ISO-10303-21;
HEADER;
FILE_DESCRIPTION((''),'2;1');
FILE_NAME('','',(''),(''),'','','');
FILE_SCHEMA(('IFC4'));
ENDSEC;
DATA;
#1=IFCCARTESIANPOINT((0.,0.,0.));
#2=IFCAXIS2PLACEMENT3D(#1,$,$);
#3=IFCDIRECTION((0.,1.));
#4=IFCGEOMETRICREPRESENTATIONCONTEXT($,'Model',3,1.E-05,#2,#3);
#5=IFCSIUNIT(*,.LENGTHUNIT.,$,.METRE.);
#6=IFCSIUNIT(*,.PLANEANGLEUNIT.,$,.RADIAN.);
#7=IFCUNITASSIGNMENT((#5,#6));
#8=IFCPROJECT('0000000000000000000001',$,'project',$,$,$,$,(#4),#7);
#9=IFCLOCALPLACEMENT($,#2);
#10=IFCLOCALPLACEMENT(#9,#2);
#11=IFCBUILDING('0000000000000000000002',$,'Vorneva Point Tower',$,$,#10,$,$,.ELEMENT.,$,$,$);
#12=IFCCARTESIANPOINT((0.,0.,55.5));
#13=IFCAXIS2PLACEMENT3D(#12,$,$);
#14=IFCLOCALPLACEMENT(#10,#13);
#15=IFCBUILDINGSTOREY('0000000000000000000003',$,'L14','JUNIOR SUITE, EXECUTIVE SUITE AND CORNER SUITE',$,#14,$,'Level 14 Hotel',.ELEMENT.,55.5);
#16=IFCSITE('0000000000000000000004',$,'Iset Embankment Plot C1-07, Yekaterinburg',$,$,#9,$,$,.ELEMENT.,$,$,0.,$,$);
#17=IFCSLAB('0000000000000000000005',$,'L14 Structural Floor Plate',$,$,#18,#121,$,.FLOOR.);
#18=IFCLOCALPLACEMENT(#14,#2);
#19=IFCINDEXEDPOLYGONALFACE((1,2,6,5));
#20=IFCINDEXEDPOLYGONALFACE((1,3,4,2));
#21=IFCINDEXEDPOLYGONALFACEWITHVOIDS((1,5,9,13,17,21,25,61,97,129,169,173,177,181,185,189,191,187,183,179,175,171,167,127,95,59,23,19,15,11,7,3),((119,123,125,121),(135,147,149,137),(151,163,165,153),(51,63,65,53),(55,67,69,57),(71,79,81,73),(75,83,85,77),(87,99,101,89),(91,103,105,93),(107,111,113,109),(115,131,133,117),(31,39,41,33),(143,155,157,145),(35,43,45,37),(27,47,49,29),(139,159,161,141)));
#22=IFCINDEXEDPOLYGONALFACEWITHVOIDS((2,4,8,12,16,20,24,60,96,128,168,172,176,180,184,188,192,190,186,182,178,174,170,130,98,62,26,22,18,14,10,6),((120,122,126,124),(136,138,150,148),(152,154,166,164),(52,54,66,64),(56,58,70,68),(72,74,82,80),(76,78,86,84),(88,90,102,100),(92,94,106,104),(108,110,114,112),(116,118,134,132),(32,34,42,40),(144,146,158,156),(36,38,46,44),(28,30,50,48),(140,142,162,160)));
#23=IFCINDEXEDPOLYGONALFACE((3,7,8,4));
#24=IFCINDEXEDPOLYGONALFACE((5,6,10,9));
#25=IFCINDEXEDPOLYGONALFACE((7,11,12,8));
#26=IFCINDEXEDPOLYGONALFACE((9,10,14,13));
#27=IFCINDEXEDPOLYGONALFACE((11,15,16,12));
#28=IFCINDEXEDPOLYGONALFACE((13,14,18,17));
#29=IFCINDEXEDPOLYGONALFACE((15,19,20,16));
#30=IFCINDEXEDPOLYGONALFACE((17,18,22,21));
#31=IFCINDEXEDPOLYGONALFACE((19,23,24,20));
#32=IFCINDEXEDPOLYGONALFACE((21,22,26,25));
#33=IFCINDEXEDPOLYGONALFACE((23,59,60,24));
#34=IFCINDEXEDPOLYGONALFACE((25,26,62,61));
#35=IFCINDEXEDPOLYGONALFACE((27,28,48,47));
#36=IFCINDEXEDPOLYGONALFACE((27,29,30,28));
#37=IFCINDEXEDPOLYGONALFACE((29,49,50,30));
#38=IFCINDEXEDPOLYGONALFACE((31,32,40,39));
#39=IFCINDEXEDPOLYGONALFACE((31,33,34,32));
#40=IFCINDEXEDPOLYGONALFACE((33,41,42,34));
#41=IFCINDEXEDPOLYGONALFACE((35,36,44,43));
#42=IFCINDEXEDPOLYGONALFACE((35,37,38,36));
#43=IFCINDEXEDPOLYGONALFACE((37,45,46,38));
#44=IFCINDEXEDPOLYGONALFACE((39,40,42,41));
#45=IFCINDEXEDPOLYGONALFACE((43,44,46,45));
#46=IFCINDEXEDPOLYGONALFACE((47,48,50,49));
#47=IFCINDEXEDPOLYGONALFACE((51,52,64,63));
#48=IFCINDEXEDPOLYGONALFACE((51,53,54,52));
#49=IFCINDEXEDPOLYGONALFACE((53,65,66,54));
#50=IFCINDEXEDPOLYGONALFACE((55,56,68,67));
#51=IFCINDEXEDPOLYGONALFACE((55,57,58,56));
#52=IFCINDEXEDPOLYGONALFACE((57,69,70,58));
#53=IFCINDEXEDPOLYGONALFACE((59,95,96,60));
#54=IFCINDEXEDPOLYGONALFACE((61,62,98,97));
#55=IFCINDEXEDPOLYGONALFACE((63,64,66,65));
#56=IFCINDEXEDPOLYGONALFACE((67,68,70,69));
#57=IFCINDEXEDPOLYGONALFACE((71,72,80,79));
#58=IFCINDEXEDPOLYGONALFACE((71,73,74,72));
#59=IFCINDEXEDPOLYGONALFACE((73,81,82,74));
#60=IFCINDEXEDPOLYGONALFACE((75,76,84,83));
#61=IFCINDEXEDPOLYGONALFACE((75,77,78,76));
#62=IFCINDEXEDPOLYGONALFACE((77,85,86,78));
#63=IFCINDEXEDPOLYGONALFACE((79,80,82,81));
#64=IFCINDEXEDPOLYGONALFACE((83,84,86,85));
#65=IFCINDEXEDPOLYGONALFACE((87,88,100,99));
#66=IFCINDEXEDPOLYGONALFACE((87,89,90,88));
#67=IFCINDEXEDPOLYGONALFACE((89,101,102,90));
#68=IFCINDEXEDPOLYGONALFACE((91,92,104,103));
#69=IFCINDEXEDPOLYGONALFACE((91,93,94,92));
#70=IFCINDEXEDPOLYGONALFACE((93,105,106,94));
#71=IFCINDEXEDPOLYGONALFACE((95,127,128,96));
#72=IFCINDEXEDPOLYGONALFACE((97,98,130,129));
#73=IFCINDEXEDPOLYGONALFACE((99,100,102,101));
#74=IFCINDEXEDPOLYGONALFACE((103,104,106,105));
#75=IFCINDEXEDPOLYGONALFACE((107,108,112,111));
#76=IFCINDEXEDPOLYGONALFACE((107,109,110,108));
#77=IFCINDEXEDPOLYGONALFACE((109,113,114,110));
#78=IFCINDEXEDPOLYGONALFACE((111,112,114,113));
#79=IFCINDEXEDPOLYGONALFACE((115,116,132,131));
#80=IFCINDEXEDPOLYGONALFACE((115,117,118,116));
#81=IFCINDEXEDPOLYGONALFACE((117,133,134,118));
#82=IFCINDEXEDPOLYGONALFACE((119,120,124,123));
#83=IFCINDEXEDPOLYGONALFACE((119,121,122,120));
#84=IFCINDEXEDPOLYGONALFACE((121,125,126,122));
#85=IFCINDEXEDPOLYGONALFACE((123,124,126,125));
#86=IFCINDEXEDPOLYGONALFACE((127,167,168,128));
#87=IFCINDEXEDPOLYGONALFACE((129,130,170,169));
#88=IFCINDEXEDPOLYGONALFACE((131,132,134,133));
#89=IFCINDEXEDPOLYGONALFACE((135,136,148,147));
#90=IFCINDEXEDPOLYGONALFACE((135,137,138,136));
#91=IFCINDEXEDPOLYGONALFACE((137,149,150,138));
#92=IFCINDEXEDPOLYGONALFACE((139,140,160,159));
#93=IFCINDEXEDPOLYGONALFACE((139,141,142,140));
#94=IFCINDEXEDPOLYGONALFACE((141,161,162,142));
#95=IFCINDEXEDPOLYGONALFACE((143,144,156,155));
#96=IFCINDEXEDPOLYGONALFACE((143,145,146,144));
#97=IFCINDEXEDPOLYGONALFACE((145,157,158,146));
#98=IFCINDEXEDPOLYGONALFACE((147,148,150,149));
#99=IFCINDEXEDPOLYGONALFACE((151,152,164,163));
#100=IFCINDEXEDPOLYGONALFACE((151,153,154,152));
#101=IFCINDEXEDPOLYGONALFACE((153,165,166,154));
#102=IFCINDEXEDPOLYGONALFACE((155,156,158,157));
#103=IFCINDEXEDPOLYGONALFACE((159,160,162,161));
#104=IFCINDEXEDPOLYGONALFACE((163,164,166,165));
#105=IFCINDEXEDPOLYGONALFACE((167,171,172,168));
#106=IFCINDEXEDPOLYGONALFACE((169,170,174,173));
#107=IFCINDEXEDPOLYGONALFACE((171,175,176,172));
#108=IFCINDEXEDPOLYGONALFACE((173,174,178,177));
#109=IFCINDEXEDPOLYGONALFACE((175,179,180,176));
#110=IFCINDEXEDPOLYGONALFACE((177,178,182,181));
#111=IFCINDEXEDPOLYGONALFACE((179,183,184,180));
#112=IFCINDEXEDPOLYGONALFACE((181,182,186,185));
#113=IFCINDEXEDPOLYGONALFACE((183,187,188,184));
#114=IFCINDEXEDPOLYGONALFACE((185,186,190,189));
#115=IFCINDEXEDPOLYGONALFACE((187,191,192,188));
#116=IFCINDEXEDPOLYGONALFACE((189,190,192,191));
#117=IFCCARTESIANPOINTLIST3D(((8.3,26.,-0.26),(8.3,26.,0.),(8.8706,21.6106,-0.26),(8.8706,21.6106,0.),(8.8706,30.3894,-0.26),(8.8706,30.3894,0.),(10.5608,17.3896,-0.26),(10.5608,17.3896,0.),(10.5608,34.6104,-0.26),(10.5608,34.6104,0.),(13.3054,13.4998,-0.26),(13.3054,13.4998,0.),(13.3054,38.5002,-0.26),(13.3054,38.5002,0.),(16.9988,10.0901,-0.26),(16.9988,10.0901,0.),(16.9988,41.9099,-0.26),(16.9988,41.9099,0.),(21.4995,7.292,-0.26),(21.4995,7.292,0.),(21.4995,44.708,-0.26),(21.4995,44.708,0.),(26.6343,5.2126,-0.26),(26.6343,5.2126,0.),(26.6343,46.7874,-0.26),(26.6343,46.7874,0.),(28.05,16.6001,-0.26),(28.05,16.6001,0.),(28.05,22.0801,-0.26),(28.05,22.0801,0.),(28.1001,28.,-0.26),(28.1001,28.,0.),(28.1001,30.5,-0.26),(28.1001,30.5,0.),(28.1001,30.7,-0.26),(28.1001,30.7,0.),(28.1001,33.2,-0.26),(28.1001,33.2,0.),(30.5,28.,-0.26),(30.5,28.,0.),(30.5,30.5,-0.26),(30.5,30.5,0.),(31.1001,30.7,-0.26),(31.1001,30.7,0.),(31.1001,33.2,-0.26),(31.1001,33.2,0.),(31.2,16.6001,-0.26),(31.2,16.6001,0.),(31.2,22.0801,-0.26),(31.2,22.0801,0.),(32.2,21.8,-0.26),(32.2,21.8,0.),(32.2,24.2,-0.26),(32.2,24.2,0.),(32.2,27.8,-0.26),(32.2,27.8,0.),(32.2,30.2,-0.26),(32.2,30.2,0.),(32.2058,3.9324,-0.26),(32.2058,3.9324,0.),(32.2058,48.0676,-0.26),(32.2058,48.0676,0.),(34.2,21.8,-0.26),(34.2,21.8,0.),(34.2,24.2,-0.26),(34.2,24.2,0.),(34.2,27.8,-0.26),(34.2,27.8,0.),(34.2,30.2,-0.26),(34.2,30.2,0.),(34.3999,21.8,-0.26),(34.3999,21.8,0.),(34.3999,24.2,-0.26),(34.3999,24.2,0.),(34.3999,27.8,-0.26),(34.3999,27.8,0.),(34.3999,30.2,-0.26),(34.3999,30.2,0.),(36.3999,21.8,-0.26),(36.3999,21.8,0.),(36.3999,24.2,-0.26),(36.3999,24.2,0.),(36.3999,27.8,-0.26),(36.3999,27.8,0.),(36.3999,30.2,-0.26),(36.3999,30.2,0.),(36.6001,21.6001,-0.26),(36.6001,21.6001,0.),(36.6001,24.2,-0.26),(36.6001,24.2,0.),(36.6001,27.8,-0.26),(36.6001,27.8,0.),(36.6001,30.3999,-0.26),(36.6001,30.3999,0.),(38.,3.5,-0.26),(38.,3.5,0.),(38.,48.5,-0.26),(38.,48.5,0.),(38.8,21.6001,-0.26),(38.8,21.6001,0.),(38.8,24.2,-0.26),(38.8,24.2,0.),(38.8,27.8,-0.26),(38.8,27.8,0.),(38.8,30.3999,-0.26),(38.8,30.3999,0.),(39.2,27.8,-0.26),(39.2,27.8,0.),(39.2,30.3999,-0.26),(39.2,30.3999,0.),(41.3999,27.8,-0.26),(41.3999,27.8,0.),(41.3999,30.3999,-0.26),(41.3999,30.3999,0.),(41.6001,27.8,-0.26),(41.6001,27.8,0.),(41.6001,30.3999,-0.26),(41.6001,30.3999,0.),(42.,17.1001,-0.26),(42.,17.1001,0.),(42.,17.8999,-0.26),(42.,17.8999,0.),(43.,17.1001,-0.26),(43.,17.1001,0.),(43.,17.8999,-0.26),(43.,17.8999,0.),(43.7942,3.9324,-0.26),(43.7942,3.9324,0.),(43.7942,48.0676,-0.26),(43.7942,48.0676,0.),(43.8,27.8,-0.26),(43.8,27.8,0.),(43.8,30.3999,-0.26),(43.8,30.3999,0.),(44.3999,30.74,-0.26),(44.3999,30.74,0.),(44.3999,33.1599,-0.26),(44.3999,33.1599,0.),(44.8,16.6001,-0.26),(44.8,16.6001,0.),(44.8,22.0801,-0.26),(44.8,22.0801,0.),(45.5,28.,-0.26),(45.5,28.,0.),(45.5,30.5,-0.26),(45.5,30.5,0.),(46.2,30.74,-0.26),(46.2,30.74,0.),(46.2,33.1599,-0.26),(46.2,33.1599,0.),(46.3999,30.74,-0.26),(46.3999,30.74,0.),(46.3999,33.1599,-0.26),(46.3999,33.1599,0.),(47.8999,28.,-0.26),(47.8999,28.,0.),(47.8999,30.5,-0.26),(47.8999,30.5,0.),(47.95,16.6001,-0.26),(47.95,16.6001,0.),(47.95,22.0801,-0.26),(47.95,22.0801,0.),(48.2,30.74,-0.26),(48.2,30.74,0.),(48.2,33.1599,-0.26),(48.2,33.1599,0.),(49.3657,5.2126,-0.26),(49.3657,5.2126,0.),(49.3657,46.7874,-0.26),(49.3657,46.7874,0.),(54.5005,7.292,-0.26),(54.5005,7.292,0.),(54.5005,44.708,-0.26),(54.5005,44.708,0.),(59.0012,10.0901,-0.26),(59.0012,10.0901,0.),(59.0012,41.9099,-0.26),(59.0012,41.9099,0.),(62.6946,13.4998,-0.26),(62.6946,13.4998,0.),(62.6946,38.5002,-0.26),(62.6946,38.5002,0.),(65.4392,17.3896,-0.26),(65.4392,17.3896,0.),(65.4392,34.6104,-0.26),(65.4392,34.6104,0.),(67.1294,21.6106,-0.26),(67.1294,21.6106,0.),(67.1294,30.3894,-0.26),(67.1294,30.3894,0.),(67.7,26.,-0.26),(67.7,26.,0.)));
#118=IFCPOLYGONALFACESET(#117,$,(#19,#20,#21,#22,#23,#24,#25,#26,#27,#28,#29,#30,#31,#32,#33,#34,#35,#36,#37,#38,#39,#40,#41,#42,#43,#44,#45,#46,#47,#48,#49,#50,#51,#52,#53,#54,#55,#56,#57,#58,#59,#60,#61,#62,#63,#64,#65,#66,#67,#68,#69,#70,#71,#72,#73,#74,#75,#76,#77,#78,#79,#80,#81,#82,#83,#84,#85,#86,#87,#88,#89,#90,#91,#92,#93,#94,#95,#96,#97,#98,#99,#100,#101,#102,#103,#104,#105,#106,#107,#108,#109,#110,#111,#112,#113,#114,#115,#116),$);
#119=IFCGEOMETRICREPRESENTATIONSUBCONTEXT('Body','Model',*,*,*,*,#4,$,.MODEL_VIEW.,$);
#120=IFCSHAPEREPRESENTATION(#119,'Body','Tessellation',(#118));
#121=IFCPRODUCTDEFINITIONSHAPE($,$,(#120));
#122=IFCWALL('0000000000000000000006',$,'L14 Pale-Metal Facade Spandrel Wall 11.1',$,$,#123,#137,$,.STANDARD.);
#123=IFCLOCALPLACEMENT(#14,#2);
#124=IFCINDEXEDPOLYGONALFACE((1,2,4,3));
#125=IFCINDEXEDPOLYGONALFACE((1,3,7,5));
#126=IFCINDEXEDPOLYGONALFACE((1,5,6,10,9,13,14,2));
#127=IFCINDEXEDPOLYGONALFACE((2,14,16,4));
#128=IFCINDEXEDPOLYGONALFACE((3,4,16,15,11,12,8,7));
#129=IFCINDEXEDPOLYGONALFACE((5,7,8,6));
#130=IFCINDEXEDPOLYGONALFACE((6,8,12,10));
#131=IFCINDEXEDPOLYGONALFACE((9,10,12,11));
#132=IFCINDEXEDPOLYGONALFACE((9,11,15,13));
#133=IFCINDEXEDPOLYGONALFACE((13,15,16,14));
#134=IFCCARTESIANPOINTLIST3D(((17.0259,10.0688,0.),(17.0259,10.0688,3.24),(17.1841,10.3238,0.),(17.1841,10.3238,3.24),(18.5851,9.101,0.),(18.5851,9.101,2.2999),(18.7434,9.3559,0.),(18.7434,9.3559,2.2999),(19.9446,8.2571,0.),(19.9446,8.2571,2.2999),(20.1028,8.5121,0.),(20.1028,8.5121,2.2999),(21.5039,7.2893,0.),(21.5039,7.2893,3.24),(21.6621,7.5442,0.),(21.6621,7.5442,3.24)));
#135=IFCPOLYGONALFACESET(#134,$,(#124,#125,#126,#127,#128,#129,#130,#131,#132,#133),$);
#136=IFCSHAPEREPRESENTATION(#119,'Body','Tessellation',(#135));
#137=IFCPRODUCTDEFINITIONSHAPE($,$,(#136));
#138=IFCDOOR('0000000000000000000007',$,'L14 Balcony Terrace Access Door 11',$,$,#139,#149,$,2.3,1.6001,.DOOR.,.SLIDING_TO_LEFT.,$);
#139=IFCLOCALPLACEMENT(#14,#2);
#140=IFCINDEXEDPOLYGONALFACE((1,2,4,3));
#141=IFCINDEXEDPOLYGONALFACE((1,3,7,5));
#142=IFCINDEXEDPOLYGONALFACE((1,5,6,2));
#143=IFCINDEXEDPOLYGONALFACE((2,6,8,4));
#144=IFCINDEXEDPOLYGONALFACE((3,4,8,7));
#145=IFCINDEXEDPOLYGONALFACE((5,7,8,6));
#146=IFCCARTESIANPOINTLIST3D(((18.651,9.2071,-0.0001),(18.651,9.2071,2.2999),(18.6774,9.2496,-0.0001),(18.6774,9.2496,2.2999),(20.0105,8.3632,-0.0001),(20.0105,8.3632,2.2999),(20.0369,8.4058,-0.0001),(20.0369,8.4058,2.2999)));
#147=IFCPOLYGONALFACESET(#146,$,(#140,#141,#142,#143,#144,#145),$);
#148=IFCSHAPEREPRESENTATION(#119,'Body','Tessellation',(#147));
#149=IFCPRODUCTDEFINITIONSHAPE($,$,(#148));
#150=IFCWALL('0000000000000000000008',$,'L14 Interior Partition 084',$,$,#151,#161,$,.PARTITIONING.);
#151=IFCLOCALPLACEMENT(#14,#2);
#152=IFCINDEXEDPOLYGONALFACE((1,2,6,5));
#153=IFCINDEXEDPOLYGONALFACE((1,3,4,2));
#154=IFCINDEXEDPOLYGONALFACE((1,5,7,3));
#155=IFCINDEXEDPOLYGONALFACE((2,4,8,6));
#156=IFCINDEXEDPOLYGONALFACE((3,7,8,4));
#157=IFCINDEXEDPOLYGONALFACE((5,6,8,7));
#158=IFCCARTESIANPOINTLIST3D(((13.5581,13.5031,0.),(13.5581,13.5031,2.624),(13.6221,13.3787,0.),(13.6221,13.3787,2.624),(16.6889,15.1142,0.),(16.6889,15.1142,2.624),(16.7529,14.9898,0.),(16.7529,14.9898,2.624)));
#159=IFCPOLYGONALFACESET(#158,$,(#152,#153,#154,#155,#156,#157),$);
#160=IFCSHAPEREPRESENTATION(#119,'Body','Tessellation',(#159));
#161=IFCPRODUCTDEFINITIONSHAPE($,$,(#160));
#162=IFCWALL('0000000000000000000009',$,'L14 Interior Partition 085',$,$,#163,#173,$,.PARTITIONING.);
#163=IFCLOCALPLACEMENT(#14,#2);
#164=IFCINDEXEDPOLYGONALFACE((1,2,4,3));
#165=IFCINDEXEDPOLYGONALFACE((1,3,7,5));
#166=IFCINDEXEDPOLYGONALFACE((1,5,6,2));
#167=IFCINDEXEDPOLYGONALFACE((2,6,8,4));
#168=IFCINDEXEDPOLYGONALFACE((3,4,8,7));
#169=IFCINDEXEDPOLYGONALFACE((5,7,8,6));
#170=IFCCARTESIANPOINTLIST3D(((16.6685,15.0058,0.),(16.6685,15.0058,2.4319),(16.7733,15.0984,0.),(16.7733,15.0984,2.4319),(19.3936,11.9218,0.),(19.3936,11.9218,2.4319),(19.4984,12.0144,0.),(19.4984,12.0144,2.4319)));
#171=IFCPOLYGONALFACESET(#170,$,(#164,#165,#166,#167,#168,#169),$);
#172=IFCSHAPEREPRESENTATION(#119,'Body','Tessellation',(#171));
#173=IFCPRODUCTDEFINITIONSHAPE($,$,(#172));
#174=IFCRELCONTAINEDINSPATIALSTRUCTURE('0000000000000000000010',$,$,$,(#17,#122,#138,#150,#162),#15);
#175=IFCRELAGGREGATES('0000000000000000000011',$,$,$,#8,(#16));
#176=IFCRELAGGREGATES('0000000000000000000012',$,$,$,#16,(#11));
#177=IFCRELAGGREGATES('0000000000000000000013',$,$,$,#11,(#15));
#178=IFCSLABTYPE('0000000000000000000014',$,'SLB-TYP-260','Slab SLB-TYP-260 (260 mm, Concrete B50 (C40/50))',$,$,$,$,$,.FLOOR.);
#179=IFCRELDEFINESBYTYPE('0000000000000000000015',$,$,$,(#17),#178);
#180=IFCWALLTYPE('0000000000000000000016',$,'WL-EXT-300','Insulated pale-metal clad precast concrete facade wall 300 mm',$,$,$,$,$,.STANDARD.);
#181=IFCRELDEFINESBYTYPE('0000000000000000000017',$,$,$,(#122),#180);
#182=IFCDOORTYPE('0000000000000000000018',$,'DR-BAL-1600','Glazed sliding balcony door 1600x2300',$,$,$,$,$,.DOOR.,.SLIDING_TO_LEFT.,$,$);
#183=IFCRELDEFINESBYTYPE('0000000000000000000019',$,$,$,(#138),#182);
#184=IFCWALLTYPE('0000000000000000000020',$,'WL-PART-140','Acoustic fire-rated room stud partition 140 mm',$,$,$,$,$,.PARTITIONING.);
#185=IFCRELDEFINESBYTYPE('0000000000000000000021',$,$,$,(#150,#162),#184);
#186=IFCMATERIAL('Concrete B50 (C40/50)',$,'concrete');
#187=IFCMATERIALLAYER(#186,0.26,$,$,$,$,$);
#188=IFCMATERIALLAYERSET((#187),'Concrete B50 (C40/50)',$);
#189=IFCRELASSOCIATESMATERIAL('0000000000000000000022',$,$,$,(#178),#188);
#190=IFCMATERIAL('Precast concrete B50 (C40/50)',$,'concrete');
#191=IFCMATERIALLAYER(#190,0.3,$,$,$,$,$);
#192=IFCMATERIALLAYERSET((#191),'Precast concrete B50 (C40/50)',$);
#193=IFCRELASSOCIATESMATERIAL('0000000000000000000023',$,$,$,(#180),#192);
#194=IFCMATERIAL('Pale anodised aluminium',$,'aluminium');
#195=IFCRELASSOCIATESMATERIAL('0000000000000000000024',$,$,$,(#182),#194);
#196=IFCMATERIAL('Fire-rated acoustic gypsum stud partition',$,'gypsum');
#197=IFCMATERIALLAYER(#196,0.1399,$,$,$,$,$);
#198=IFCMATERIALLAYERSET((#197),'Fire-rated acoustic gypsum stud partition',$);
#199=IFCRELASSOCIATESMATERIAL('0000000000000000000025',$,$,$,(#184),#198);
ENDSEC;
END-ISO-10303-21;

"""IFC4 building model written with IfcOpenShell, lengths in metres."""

from ifc_helpers import new_model, si_unit, direction, frame, frame_2d, origin, place, context, subcontext, project, spatial, polyline, rectangle, outline, extrude, material, layer, layer_set, type_object, element, fill, save


model = new_model("IFC4")

# Units and contexts
model_context = context("Model", 3, precision=1e-05, world=origin(), true_north=direction((0.0, 1.0)))
body_context = subcontext(model_context, "Body", "Model", "MODEL_VIEW")
ifc_project = project(units=[si_unit("LENGTHUNIT", "METRE"), si_unit("PLANEANGLEUNIT", "RADIAN")], contexts=[model_context])

# Site, building, storey
site_placement = place(None, origin())
site = spatial("IfcSite", under=ifc_project, at=site_placement, Name="Iset Embankment Plot C1-07, Yekaterinburg", CompositionType="ELEMENT", RefElevation=0.0)
building_placement = place(site_placement, origin())
building = spatial("IfcBuilding", under=site, at=building_placement, Name="Vorneva Point Tower", CompositionType="ELEMENT")
storey_placement = place(building_placement, frame((0.0, 0.0, 55.5)))
storey = spatial("IfcBuildingStorey", under=building, at=storey_placement, Name="L14", Description="JUNIOR SUITE, EXECUTIVE SUITE AND CORNER SUITE", LongName="Level 14 Hotel", CompositionType="ELEMENT", Elevation=55.5)

# Shared definitions
ifc_material_1 = material(Name="Pale anodised aluminium", Category="aluminium")

# Shared definitions
ifc_material_2 = material(Name="Concrete B50 (C40/50)", Category="concrete")

# Slab
ifc_layer_1 = layer(ifc_material_2, 0.26)
ifc_layer_set_1 = layer_set([ifc_layer_1], Name="Concrete B50 (C40/50)")
slab_type_1 = type_object("IfcSlabType", Name="SLB-TYP-260", Description="Slab SLB-TYP-260 (260 mm, Concrete B50 (C40/50))", PredefinedType="FLOOR", material=ifc_layer_set_1)
slab_1_placement = place(storey_placement, frame((0.0, 0.0, -0.26)))
element("IfcSlab", 1, at=slab_1_placement, inside=storey, type_object=slab_type_1, Name="L14 Structural Floor Plate", PredefinedType="FLOOR", context=body_context, shape_type="SweptSolid", body=[
    extrude(outline(polyline([(67.7, 26.0), (67.1294, 30.3894), (65.4392, 34.6104), (62.6946, 38.5002), (59.0012, 41.9099), (54.5005, 44.708), (49.3657, 46.7874), (43.7942, 48.0676), (38.0, 48.5), (32.2058, 48.0676), (26.6343, 46.7874), (21.4995, 44.708), (16.9988, 41.9099), (13.3054, 38.5002), (10.5608, 34.6104), (8.8706, 30.3894), (8.3, 26.0), (8.8706, 21.6106), (10.5608, 17.3896), (13.3054, 13.4998), (16.9988, 10.0901), (21.4995, 7.292), (26.6343, 5.2126), (32.2058, 3.9324), (38.0, 3.5), (43.7942, 3.9324), (49.3657, 5.2126), (54.5005, 7.292), (59.0012, 10.0901), (62.6946, 13.4998), (65.4392, 17.3896), (67.1294, 21.6106), (67.7, 26.0)]), holes=[polyline([(32.2, 27.8), (34.2, 27.8), (34.2, 30.2), (32.2, 30.2), (32.2, 27.8)]), polyline([(34.3999, 27.8), (36.3999, 27.8), (36.3999, 30.2), (34.3999, 30.2), (34.3999, 27.8)]), polyline([(36.6001, 27.8), (38.8, 27.8), (38.8, 30.3999), (36.6001, 30.3999), (36.6001, 27.8)]), polyline([(32.2, 21.8), (34.2, 21.8), (34.2, 24.2), (32.2, 24.2), (32.2, 21.8)]), polyline([(34.3999, 21.8), (36.3999, 21.8), (36.3999, 24.2), (34.3999, 24.2), (34.3999, 21.8)]), polyline([(36.6001, 21.6001), (38.8, 21.6001), (38.8, 24.2), (36.6001, 24.2), (36.6001, 21.6001)]), polyline([(39.2, 27.8), (41.3999, 27.8), (41.3999, 30.3999), (39.2, 30.3999), (39.2, 27.8)]), polyline([(41.6001, 27.8), (43.8, 27.8), (43.8, 30.3999), (41.6001, 30.3999), (41.6001, 27.8)]), polyline([(44.3999, 30.74), (46.2, 30.74), (46.2, 33.1599), (44.3999, 33.1599), (44.3999, 30.74)]), polyline([(46.3999, 30.74), (48.2, 30.74), (48.2, 33.1599), (46.3999, 33.1599), (46.3999, 30.74)]), polyline([(28.1001, 28.0), (30.5, 28.0), (30.5, 30.5), (28.1001, 30.5), (28.1001, 28.0)]), polyline([(45.5, 28.0), (47.8999, 28.0), (47.8999, 30.5), (45.5, 30.5), (45.5, 28.0)]), polyline([(28.1001, 30.7), (31.1001, 30.7), (31.1001, 33.2), (28.1001, 33.2), (28.1001, 30.7)]), polyline([(28.05, 16.6001), (31.2, 16.6001), (31.2, 22.0801), (28.05, 22.0801), (28.05, 16.6001)]), polyline([(44.8, 16.6001), (47.95, 16.6001), (47.95, 22.0801), (44.8, 22.0801), (44.8, 16.6001)]), polyline([(42.0, 17.1001), (43.0, 17.1001), (43.0, 17.8999), (42.0, 17.8999), (42.0, 17.1001)])]), origin(), (0.0, 0.0, 1.0), 0.26),
])

# Wall, opening, door
ifc_material_3 = material(Name="Precast concrete B50 (C40/50)", Category="concrete")
ifc_layer_2 = layer(ifc_material_3, 0.3)
ifc_layer_set_2 = layer_set([ifc_layer_2], Name="Precast concrete B50 (C40/50)")
wall_type_1 = type_object("IfcWallType", Name="WL-EXT-300", Description="Insulated pale-metal clad precast concrete facade wall 300 mm", PredefinedType="STANDARD", material=ifc_layer_set_2)
wall_1_placement = place(storey_placement, frame((17.105, 10.1963, 0.0), z_axis=(0.0, 0.0, 1.0), x_axis=(0.849634, -0.527373, 0.0)))
wall_1 = element("IfcWall", 2, at=wall_1_placement, inside=storey, type_object=wall_type_1, Name="L14 Pale-Metal Facade Spandrel Wall 11.1", PredefinedType="STANDARD", context=body_context, shape_type="SweptSolid", body=[
    extrude(rectangle(XDim=5.2705, YDim=0.3, at=frame_2d((2.6353, 0.0))), origin(), (0.0, 0.0, 1.0), 3.24),
])
opening_placement = place(wall_1_placement, frame((1.8352, 0.0, 0.0)))
opening = element("IfcOpeningElement", 3, at=opening_placement, cuts=wall_1, PredefinedType="OPENING", context=body_context, shape_type="SweptSolid", body=[
    extrude(rectangle(XDim=1.6001, YDim=2.3, at=frame_2d((0.8, 1.1499))), frame((0.0, 0.165, 0.0), z_axis=(0.0, -1.0, 0.0), x_axis=(1.0, 0.0, 0.0)), (0.0, 0.0, 1.0), 0.3298),
])
door_type = type_object("IfcDoorType", Name="DR-BAL-1600", Description="Glazed sliding balcony door 1600x2300", OperationType="SLIDING_TO_LEFT", PredefinedType="DOOR", material=ifc_material_1)
door_placement = place(opening_placement, origin())
door = element("IfcDoor", 4, at=door_placement, inside=storey, type_object=door_type, Name="L14 Balcony Terrace Access Door 11", OperationType="SLIDING_TO_LEFT", OverallHeight=2.3, OverallWidth=1.6001, PredefinedType="DOOR", context=body_context, shape_type="SweptSolid", body=[
    extrude(rectangle(XDim=1.6001, YDim=2.3, at=frame_2d((0.8, 1.1499))), frame((0.0, 0.0249, 0.0), z_axis=(0.0, -1.0, 0.0), x_axis=(1.0, 0.0, 0.0)), (0.0, 0.0, 1.0), 0.05),
])
fill(opening, door)

# Walls
ifc_material_4 = material(Name="Fire-rated acoustic gypsum stud partition", Category="gypsum")
ifc_layer_3 = layer(ifc_material_4, 0.1399)
ifc_layer_set_3 = layer_set([ifc_layer_3], Name="Fire-rated acoustic gypsum stud partition")
wall_type_2 = type_object("IfcWallType", Name="WL-PART-140", Description="Acoustic fire-rated room stud partition 140 mm", PredefinedType="PARTITIONING", material=ifc_layer_set_3)
wall_2_placement = place(storey_placement, frame((13.5901, 13.4409, 0.0), z_axis=(0.0, 0.0, 1.0), x_axis=(0.889181, 0.457556, 0.0)))
element("IfcWall", 5, at=wall_2_placement, inside=storey, type_object=wall_type_2, Name="L14 Interior Partition 084", PredefinedType="PARTITIONING", context=body_context, shape_type="SweptSolid", body=[
    extrude(rectangle(XDim=3.521, YDim=0.1399, at=frame_2d((1.7605, 0.0))), origin(), (0.0, 0.0, 1.0), 2.624),
])
wall_3_placement = place(storey_placement, frame((16.7209, 15.052, 0.0), z_axis=(0.0, 0.0, 1.0), x_axis=(0.662159, -0.749363, 0.0)))
element("IfcWall", 6, at=wall_3_placement, inside=storey, type_object=wall_type_2, Name="L14 Interior Partition 085", PredefinedType="PARTITIONING", context=body_context, shape_type="SweptSolid", body=[
    extrude(rectangle(XDim=4.1155, YDim=0.1399, at=frame_2d((2.0576, 0.0))), origin(), (0.0, 0.0, 1.0), 2.4319),
])

save(model, "model.ifc")
